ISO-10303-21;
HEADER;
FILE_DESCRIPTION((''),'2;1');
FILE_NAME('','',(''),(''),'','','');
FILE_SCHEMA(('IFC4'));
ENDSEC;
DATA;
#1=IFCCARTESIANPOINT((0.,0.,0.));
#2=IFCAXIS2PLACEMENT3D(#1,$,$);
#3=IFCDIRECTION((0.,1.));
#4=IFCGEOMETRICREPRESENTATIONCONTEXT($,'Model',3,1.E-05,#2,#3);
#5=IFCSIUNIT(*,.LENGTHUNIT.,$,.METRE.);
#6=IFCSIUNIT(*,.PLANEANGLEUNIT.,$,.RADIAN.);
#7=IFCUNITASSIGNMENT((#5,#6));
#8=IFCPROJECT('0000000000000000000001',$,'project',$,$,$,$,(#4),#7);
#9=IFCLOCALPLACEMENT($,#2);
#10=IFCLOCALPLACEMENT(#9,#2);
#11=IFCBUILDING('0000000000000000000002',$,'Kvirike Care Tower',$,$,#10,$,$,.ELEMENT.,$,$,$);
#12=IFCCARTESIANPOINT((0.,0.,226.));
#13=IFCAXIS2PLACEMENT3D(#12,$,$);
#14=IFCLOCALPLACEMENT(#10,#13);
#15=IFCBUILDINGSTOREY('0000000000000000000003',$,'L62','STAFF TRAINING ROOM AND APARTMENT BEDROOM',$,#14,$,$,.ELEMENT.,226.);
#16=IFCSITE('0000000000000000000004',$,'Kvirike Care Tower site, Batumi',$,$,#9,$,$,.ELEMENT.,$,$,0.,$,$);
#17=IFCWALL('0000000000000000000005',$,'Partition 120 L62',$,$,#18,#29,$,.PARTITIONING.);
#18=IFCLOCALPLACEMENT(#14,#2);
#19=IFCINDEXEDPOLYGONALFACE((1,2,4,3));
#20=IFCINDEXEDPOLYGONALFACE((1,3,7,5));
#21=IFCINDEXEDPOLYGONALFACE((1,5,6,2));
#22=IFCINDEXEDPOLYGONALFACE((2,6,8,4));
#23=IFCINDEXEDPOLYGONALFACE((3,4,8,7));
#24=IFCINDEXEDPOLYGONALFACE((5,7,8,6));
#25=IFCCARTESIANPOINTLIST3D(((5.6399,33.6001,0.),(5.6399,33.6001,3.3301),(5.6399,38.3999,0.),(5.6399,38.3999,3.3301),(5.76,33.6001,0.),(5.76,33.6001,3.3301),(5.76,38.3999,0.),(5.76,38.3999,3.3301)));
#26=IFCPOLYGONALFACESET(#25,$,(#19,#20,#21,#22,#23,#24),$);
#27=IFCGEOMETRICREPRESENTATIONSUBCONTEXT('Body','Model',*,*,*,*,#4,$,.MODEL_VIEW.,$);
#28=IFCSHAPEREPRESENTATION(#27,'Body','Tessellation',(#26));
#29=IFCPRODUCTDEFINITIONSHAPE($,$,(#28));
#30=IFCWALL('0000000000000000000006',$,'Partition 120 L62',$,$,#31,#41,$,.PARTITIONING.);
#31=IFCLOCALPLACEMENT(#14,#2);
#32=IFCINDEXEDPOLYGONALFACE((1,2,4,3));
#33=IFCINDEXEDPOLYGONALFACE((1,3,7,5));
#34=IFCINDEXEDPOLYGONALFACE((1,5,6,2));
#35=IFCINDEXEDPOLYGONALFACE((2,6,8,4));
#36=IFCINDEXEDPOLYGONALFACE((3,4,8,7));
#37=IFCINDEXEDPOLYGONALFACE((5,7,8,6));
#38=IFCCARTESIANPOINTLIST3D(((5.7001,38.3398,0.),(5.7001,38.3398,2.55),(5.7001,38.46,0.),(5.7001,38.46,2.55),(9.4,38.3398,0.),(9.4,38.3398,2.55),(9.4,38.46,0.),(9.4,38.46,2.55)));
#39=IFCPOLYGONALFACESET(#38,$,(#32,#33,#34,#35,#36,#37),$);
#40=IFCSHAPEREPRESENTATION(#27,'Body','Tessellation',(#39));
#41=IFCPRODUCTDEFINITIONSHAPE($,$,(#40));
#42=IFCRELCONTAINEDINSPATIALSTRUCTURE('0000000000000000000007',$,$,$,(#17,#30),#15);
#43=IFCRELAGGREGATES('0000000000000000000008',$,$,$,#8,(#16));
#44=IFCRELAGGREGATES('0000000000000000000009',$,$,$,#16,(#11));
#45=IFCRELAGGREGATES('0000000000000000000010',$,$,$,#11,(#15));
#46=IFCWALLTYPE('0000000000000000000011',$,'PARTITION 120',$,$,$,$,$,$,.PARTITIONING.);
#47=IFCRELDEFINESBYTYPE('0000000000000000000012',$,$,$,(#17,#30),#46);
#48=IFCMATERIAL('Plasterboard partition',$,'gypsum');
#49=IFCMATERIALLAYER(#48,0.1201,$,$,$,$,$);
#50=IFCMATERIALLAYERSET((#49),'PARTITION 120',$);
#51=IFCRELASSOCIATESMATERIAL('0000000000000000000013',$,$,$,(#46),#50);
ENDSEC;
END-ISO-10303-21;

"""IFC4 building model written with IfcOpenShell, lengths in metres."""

from ifc_helpers import new_model, si_unit, direction, frame, frame_2d, origin, place, context, subcontext, project, spatial, rectangle, extrude, material, layer, layer_set, type_object, element, save


model = new_model("IFC4")

# Units and contexts
model_context = context("Model", 3, precision=1e-05, world=origin(), true_north=direction((0.0, 1.0)))
body_context = subcontext(model_context, "Body", "Model", "MODEL_VIEW")
ifc_project = project(units=[si_unit("LENGTHUNIT", "METRE"), si_unit("PLANEANGLEUNIT", "RADIAN")], contexts=[model_context])

# Site, building, storey
site_placement = place(None, origin())
site = spatial("IfcSite", under=ifc_project, at=site_placement, Name="Kvirike Care Tower site, Batumi", CompositionType="ELEMENT", RefElevation=0.0)
building_placement = place(site_placement, origin())
building = spatial("IfcBuilding", under=site, at=building_placement, Name="Kvirike Care Tower", CompositionType="ELEMENT")
storey_placement = place(building_placement, frame((0.0, 0.0, 226.0)))
storey = spatial("IfcBuildingStorey", under=building, at=storey_placement, Name="L62", Description="STAFF TRAINING ROOM AND APARTMENT BEDROOM", CompositionType="ELEMENT", Elevation=226.0)

# Walls
ifc_material_1 = material(Name="Plasterboard partition", Category="gypsum")
ifc_layer_1 = layer(ifc_material_1, 0.1201)
ifc_layer_set_1 = layer_set([ifc_layer_1], Name="PARTITION 120")
wall_type = type_object("IfcWallType", Name="PARTITION 120", PredefinedType="PARTITIONING", material=ifc_layer_set_1)
wall_1_placement = place(storey_placement, frame((5.7, 38.3999, 0.0), z_axis=(0.0, 0.0, 1.0), x_axis=(0.0, -1.0, 0.0)))
element("IfcWall", 1, at=wall_1_placement, inside=storey, type_object=wall_type, Name="Partition 120 L62", PredefinedType="PARTITIONING", context=body_context, shape_type="SweptSolid", body=[
    extrude(rectangle(XDim=4.7998, YDim=0.1201, at=frame_2d((2.3999, 0.0))), origin(), (0.0, 0.0, 1.0), 3.3301),
])
wall_2_placement = place(storey_placement, frame((5.7, 38.3999, 0.0), z_axis=(0.0, 0.0, 1.0), x_axis=(1.0, 0.0, 0.0)))
element("IfcWall", 2, at=wall_2_placement, inside=storey, type_object=wall_type, Name="Partition 120 L62", PredefinedType="PARTITIONING", context=body_context, shape_type="SweptSolid", body=[
    extrude(rectangle(XDim=3.7, YDim=0.1201, at=frame_2d((1.8501, 0.0))), origin(), (0.0, 0.0, 1.0), 2.55),
])

save(model, "model.ifc")
